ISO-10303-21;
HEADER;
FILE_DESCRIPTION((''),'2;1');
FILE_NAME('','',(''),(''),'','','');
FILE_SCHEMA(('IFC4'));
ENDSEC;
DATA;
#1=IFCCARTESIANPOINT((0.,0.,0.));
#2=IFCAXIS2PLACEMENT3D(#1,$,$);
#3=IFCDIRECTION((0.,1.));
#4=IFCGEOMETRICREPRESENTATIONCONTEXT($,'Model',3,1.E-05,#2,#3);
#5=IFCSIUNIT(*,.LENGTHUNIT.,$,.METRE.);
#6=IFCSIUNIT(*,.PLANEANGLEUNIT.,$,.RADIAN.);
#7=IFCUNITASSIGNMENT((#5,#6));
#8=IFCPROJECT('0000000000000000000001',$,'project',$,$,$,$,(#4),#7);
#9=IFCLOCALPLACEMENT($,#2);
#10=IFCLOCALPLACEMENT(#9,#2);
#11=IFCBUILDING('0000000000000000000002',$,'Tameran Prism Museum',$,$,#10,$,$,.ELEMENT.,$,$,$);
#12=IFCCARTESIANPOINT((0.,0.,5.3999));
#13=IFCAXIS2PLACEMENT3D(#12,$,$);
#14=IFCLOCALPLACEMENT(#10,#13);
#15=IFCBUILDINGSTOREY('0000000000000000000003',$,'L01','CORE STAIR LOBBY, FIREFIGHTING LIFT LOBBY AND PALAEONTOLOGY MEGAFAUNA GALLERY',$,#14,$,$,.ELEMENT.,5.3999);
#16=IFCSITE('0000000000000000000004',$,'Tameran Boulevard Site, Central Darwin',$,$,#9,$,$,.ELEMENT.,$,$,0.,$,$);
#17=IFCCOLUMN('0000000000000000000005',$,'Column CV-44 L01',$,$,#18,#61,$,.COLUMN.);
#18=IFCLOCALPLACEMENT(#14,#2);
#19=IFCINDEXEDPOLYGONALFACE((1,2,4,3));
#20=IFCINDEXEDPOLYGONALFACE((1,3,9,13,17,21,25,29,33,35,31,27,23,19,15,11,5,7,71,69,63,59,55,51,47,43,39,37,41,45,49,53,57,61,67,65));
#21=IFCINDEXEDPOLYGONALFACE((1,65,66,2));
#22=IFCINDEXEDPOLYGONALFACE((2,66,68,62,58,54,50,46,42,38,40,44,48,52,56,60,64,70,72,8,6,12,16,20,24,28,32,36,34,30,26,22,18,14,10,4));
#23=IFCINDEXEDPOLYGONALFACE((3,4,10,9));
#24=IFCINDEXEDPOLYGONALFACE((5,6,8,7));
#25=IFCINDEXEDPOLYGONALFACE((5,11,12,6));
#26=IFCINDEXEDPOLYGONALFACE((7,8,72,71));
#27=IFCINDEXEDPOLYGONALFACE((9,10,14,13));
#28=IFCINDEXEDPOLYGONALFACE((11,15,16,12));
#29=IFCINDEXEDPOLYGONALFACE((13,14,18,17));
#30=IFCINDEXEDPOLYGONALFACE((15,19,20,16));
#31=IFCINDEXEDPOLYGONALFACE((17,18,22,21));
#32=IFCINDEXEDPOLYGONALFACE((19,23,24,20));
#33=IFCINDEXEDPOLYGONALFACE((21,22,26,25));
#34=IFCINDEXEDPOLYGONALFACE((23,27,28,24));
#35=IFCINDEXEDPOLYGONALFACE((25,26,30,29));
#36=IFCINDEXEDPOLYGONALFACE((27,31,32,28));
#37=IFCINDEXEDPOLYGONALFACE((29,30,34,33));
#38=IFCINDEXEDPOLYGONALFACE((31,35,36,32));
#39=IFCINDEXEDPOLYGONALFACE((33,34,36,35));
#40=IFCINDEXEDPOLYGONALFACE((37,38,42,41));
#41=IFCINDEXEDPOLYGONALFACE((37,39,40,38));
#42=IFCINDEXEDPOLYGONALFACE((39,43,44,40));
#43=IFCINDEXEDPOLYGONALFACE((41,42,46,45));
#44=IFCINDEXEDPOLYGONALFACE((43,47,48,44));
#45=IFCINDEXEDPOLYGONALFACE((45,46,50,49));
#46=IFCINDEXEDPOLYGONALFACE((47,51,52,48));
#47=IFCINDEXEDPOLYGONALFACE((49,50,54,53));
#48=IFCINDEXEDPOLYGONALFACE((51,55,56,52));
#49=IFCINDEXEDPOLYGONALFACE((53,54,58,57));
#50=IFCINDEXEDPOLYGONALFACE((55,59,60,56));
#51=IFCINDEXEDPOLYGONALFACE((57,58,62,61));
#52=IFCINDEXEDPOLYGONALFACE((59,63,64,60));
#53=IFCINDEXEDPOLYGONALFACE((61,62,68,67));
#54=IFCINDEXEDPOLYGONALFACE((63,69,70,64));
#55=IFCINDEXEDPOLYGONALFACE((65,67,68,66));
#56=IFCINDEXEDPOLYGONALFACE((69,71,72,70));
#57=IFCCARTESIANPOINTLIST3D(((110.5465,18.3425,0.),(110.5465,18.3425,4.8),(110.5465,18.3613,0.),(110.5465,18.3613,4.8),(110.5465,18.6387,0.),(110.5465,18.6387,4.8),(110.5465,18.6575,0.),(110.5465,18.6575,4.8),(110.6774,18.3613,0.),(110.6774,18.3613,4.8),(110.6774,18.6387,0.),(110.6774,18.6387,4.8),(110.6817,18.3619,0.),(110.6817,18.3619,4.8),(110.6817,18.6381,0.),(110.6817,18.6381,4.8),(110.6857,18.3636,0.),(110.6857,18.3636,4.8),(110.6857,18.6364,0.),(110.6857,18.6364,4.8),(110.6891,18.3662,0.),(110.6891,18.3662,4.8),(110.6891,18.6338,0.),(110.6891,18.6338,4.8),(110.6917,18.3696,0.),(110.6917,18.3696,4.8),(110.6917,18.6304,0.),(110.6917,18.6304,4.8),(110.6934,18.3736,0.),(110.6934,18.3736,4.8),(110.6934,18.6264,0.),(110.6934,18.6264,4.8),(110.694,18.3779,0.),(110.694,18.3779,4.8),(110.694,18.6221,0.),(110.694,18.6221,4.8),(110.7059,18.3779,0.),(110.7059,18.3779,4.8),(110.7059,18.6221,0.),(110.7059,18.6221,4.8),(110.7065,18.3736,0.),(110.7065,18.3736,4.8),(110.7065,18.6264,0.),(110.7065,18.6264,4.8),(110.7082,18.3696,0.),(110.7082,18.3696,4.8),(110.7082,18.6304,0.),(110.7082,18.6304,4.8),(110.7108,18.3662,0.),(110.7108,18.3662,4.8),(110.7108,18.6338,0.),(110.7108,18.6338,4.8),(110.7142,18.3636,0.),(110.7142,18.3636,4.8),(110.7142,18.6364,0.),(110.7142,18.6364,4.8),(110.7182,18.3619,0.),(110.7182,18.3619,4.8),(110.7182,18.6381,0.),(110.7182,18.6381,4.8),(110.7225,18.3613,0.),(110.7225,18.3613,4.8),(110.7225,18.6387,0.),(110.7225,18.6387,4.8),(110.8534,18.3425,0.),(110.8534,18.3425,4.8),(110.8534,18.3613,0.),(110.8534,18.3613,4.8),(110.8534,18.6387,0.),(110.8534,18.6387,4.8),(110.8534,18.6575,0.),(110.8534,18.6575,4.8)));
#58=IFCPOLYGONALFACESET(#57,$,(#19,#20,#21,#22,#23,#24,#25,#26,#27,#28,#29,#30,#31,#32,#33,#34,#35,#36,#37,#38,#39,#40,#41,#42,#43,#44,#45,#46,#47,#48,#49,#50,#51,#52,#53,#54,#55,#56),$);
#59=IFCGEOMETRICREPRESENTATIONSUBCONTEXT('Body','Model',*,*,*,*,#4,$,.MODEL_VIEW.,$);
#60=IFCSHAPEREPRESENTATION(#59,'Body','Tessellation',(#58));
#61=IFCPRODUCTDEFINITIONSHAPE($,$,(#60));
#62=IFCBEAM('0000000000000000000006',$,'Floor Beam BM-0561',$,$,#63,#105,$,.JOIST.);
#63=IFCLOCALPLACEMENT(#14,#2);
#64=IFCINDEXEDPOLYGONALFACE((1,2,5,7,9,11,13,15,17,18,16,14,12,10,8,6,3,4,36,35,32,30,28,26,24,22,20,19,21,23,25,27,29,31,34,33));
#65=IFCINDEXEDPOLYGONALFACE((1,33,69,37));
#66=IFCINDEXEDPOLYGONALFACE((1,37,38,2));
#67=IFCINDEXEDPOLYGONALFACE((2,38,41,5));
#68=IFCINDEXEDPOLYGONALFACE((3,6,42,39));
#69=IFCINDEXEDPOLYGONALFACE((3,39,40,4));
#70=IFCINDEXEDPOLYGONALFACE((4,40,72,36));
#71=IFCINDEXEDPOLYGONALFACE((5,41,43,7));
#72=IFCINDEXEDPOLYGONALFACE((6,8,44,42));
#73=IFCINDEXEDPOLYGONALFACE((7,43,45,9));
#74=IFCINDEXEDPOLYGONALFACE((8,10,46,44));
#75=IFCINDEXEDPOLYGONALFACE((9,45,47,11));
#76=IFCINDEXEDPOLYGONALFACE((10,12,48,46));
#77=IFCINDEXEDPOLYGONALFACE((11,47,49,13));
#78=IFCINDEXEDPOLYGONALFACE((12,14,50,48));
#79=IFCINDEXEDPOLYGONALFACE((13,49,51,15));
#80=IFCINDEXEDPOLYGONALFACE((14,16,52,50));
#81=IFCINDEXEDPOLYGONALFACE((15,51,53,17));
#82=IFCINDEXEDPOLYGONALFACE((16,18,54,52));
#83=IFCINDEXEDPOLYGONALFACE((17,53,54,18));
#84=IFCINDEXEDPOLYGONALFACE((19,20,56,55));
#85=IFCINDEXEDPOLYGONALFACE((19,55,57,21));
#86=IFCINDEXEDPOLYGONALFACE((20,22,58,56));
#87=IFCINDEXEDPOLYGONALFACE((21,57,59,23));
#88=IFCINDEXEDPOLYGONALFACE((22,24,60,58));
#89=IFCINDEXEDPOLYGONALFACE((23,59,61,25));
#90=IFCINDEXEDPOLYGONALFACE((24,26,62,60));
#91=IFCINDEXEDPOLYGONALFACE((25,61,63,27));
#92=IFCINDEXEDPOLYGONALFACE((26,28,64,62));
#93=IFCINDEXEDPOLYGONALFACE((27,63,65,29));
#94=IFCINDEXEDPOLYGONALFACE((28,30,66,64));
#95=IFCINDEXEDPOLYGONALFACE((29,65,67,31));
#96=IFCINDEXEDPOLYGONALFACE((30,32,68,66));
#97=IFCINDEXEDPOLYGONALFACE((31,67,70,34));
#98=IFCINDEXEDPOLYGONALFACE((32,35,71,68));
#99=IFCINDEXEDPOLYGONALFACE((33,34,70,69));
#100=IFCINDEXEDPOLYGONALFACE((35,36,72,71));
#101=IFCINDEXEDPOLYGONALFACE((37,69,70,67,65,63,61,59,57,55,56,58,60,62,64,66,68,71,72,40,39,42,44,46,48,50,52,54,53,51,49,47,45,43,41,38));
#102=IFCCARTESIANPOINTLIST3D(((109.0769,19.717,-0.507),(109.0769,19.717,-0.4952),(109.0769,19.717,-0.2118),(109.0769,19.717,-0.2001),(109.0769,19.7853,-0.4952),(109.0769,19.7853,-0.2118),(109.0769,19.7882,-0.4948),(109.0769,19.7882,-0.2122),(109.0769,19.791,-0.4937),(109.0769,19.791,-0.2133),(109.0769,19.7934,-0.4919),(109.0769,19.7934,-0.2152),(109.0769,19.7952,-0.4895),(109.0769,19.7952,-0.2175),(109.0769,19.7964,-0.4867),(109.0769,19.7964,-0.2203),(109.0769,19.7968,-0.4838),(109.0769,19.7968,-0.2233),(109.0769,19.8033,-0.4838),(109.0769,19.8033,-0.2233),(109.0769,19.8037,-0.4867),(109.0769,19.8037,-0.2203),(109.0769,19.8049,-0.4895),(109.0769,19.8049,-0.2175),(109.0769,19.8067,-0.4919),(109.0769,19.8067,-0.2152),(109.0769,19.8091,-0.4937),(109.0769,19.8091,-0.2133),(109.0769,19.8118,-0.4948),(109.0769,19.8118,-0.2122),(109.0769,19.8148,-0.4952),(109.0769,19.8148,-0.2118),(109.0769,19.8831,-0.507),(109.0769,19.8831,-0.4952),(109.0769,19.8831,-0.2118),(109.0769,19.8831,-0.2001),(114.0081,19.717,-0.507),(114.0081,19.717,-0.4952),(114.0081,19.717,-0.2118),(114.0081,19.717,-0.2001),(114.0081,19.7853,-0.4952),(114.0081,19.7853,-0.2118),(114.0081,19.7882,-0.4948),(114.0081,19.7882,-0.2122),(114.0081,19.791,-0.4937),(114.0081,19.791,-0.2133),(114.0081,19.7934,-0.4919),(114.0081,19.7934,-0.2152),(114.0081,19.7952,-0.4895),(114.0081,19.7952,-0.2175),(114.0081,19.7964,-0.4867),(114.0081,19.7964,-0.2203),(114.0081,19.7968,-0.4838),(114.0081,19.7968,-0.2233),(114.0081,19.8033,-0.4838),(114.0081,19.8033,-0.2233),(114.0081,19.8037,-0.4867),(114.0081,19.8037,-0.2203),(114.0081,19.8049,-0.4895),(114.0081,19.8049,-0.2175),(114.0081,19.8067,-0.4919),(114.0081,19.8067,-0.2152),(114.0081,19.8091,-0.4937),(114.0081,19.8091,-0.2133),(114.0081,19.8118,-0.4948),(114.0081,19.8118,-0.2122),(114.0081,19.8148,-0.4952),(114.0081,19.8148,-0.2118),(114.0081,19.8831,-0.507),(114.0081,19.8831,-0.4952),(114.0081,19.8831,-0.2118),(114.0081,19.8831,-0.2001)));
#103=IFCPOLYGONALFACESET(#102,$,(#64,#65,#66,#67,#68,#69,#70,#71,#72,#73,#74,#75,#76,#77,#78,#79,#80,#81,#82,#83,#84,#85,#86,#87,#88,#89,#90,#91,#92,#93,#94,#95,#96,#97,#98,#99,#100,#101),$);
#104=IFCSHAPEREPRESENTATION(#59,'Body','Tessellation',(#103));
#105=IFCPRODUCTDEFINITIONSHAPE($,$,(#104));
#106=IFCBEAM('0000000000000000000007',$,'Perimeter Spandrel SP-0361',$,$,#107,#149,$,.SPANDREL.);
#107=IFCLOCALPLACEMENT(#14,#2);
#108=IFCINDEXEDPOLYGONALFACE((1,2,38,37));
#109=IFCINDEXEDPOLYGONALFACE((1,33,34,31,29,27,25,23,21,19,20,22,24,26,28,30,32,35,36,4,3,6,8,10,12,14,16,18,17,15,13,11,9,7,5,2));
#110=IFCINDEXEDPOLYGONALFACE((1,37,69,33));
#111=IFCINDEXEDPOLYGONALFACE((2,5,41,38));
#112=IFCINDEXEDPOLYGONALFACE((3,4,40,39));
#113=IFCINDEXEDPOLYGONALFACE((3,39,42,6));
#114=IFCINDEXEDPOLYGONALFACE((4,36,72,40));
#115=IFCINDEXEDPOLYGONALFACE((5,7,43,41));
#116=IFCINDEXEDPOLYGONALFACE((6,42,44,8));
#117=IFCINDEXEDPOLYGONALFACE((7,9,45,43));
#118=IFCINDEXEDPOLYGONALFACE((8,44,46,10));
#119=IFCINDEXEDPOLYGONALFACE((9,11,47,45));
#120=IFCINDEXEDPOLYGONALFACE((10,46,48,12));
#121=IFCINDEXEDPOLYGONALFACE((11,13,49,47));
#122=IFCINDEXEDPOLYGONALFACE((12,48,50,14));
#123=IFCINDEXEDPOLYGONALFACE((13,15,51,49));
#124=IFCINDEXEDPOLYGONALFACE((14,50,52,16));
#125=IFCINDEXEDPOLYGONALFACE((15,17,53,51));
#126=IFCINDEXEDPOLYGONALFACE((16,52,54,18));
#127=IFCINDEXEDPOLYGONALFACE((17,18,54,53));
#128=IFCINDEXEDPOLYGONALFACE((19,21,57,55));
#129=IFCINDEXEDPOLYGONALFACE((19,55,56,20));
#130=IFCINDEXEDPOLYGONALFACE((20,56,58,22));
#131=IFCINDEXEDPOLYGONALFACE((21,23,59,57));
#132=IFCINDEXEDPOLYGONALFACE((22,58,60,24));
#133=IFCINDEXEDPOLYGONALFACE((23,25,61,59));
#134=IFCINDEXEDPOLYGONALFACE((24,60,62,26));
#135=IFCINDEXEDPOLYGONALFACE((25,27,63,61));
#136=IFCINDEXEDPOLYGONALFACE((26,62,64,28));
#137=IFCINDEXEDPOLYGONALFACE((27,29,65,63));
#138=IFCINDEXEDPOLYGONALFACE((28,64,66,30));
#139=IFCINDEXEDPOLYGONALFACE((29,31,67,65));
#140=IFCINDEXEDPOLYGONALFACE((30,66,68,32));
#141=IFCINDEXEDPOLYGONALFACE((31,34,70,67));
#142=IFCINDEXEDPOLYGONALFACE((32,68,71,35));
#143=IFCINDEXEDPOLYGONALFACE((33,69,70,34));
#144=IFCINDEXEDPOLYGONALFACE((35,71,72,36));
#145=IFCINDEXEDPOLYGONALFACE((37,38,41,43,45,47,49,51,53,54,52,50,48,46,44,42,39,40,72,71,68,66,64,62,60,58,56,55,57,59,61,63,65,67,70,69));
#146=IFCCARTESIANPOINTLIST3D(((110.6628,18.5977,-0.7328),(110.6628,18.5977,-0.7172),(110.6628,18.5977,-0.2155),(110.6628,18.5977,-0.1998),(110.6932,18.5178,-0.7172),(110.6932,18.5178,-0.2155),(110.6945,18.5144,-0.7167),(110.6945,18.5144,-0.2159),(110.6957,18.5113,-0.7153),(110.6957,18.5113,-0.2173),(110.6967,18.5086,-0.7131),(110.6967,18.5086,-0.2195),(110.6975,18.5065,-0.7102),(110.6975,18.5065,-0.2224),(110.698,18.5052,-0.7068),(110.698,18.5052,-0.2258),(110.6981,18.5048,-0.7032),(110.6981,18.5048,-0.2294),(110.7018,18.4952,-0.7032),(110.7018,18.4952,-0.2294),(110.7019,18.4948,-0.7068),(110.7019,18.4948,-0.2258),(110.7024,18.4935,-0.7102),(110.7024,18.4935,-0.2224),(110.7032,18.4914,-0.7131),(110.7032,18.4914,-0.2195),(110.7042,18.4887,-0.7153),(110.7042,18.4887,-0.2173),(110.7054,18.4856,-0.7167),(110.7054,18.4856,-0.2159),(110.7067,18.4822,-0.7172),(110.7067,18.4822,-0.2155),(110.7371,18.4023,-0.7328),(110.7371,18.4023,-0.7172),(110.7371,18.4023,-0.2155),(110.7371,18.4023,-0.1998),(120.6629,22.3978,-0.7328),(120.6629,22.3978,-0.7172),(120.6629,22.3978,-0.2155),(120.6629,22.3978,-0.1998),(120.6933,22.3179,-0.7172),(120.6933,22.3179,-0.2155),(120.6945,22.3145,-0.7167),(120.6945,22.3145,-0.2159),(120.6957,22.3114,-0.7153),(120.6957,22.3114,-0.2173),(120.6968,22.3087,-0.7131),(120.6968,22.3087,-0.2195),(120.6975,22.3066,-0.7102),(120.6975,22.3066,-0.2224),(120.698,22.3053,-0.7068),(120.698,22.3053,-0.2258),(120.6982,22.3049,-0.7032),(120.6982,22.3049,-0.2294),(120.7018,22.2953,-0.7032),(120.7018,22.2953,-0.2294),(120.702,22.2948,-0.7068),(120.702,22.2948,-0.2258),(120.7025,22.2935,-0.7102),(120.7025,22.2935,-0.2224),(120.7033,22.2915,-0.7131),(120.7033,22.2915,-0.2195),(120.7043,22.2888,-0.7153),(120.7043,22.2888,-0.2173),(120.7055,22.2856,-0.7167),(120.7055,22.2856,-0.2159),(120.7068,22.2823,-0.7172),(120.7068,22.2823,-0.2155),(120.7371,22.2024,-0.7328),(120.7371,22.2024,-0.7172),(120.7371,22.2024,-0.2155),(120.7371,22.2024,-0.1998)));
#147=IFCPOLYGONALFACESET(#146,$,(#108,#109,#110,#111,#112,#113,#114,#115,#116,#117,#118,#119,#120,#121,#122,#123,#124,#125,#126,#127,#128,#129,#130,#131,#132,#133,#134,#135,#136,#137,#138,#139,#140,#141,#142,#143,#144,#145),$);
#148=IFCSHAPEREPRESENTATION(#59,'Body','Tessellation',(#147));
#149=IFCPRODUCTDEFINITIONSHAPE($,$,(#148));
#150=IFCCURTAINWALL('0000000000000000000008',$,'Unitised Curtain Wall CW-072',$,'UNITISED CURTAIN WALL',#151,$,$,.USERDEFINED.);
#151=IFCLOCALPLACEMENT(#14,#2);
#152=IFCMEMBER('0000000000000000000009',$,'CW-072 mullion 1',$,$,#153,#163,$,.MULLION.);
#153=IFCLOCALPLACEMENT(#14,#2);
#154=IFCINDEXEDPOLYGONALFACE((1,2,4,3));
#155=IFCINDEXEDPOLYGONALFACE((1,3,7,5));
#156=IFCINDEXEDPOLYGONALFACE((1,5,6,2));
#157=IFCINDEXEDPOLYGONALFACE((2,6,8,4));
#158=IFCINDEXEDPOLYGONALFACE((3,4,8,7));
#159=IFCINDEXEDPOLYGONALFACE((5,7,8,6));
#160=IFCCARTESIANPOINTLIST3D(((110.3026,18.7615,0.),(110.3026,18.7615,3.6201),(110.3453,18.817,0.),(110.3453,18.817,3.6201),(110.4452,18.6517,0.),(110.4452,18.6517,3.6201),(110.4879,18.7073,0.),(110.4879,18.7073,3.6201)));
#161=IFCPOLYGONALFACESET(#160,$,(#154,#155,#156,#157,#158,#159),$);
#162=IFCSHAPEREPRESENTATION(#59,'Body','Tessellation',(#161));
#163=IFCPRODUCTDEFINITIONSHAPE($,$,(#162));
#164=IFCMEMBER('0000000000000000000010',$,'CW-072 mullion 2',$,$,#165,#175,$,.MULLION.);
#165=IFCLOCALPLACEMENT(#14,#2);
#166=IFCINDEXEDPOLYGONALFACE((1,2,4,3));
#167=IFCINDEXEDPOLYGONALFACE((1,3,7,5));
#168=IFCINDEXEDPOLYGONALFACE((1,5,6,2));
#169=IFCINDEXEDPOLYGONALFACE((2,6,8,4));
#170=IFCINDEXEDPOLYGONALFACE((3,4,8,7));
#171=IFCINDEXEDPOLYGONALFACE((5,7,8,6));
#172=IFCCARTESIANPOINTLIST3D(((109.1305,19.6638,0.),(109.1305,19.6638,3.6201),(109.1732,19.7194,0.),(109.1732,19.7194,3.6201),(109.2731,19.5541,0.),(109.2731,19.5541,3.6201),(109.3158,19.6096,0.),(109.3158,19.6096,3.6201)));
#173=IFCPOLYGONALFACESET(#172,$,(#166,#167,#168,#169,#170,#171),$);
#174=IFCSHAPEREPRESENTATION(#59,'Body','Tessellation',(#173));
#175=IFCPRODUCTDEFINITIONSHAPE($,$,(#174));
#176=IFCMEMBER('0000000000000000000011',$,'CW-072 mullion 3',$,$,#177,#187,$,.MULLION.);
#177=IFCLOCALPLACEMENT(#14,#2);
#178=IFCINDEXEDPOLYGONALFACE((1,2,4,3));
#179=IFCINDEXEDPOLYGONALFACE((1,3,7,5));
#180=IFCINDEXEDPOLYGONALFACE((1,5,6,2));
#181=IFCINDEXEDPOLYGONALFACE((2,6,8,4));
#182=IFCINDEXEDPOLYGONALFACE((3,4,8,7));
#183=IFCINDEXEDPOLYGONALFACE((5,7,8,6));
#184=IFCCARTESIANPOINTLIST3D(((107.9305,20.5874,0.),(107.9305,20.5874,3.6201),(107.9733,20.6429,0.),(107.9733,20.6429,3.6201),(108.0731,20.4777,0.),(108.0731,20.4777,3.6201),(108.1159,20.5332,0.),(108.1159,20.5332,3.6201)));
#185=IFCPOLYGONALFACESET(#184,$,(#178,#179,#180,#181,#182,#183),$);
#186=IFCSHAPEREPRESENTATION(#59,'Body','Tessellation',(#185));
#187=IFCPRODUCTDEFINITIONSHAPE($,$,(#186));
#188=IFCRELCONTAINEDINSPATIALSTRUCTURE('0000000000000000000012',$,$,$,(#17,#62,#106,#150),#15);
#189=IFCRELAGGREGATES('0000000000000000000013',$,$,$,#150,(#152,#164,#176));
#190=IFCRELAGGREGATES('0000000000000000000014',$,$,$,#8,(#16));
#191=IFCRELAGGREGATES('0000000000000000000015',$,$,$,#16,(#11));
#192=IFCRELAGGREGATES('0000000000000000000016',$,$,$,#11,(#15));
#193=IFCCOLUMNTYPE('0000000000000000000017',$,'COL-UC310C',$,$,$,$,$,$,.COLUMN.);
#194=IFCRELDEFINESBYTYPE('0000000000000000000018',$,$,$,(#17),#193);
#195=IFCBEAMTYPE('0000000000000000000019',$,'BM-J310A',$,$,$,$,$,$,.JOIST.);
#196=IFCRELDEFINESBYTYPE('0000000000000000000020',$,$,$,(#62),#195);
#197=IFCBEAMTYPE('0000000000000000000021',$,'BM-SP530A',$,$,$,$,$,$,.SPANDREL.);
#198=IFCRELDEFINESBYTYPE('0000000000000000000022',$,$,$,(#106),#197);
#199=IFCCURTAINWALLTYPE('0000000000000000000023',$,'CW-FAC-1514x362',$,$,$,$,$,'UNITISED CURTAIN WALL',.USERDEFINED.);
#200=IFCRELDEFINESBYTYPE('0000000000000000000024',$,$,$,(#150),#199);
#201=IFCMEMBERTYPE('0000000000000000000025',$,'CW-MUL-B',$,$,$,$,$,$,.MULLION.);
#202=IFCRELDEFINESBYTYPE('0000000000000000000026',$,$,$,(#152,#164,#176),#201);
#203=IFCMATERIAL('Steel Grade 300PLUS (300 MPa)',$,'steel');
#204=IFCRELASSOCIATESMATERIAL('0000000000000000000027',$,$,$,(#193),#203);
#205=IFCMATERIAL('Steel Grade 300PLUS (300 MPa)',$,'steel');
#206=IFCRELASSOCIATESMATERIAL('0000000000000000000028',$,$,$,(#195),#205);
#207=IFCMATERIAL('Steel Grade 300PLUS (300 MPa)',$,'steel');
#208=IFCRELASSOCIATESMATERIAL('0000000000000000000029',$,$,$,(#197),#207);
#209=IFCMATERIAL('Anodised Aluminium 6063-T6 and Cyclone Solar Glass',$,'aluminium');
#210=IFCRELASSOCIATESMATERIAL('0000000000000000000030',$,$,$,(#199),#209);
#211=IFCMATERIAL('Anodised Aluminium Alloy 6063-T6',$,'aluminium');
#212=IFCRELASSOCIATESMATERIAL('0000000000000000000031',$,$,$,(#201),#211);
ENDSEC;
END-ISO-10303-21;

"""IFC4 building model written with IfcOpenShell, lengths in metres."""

from ifc_helpers import new_model, si_unit, direction, frame, origin, origin_2d, place, context, subcontext, project, spatial, rectangle, i_section, extrude, material, material_profile, profile_set, type_object, element, aggregate, save


model = new_model("IFC4")

# Units and contexts
model_context = context("Model", 3, precision=1e-05, world=origin(), true_north=direction((0.0, 1.0)))
body_context = subcontext(model_context, "Body", "Model", "MODEL_VIEW")
ifc_project = project(units=[si_unit("LENGTHUNIT", "METRE"), si_unit("PLANEANGLEUNIT", "RADIAN")], contexts=[model_context])

# Site, building, storey
site_placement = place(None, origin())
site = spatial("IfcSite", under=ifc_project, at=site_placement, Name="Tameran Boulevard Site, Central Darwin", CompositionType="ELEMENT", RefElevation=0.0)
building_placement = place(site_placement, origin())
building = spatial("IfcBuilding", under=site, at=building_placement, Name="Tameran Prism Museum", CompositionType="ELEMENT")
storey_placement = place(building_placement, frame((0.0, 0.0, 5.3999)))
storey = spatial("IfcBuildingStorey", under=building, at=storey_placement, Name="L01", Description="CORE STAIR LOBBY, FIREFIGHTING LIFT LOBBY AND PALAEONTOLOGY MEGAFAUNA GALLERY", CompositionType="ELEMENT", Elevation=5.3999)

# Column
ifc_material_1 = material(Name="Steel Grade 300PLUS (300 MPa)", Category="steel")
ifc_material_profile_1 = material_profile(ifc_material_1, i_section(OverallWidth=0.3069, OverallDepth=0.3149, WebThickness=0.012, FlangeThickness=0.0188, FilletRadius=0.0166, at=origin_2d()))
ifc_profile_set_1 = profile_set([ifc_material_profile_1])
column_type = type_object("IfcColumnType", Name="COL-UC310C", PredefinedType="COLUMN", material=ifc_profile_set_1)
column_placement = place(storey_placement, frame((110.7, 18.5, 0.0), z_axis=(0.0, 0.0, 1.0), x_axis=(1.0, 0.0, 0.0)))
element("IfcColumn", 1, at=column_placement, inside=storey, type_object=column_type, Name="Column CV-44 L01", PredefinedType="COLUMN", context=body_context, shape_type="SweptSolid", body=[
    extrude(i_section(OverallWidth=0.3069, OverallDepth=0.3149, WebThickness=0.012, FlangeThickness=0.0188, FilletRadius=0.0166, at=origin_2d()), origin(), (0.0, 0.0, 1.0), 4.8),
])

# Beams
ifc_material_2 = material(Name="Steel Grade 300PLUS (300 MPa)", Category="steel")
ifc_material_profile_2 = material_profile(ifc_material_2, i_section(OverallWidth=0.166, OverallDepth=0.3069, WebThickness=0.0066, FlangeThickness=0.0117, FilletRadius=0.0115, at=origin_2d()))
ifc_profile_set_2 = profile_set([ifc_material_profile_2])
beam_type_1 = type_object("IfcBeamType", Name="BM-J310A", PredefinedType="JOIST", material=ifc_profile_set_2)
beam_1_placement = place(storey_placement, frame((109.0769, 19.8, -0.3535), z_axis=(1.0, 0.0, 0.0), x_axis=(0.0, 1.0, 0.0)))
element("IfcBeam", 2, at=beam_1_placement, inside=storey, type_object=beam_type_1, Name="Floor Beam BM-0561", PredefinedType="JOIST", context=body_context, shape_type="SweptSolid", body=[
    extrude(i_section(OverallWidth=0.166, OverallDepth=0.3069, WebThickness=0.0066, FlangeThickness=0.0117, FilletRadius=0.0115, at=origin_2d()), origin(), (0.0, 0.0, 1.0), 4.9312),
])
ifc_material_3 = material(Name="Steel Grade 300PLUS (300 MPa)", Category="steel")
ifc_material_profile_3 = material_profile(ifc_material_3, i_section(OverallWidth=0.209, OverallDepth=0.533, WebThickness=0.0103, FlangeThickness=0.0156, FilletRadius=0.0139, at=origin_2d()))
ifc_profile_set_3 = profile_set([ifc_material_profile_3])
beam_type_2 = type_object("IfcBeamType", Name="BM-SP530A", PredefinedType="SPANDREL", material=ifc_profile_set_3)
beam_2_placement = place(storey_placement, frame((110.7, 18.5, -0.4663), z_axis=(0.934782, 0.355222, 0.0), x_axis=(-0.355222, 0.934782, 0.0)))
element("IfcBeam", 3, at=beam_2_placement, inside=storey, type_object=beam_type_2, Name="Perimeter Spandrel SP-0361", PredefinedType="SPANDREL", context=body_context, shape_type="SweptSolid", body=[
    extrude(i_section(OverallWidth=0.209, OverallDepth=0.533, WebThickness=0.0103, FlangeThickness=0.0156, FilletRadius=0.0139, at=origin_2d()), origin(), (0.0, 0.0, 1.0), 10.6978),
])

# Curtain wall, members
ifc_material_4 = material(Name="Anodised Aluminium 6063-T6 and Cyclone Solar Glass", Category="aluminium")
curtain_wall_type = type_object("IfcCurtainWallType", Name="CW-FAC-1514x362", ElementType="UNITISED CURTAIN WALL", PredefinedType="USERDEFINED", material=ifc_material_4)
curtain_wall_placement = place(storey_placement, origin())
curtain_wall = element("IfcCurtainWall", 4, at=curtain_wall_placement, inside=storey, type_object=curtain_wall_type, Name="Unitised Curtain Wall CW-072", ObjectType="UNITISED CURTAIN WALL", PredefinedType="USERDEFINED")
ifc_material_5 = material(Name="Anodised Aluminium Alloy 6063-T6", Category="aluminium")
ifc_material_profile_4 = material_profile(ifc_material_5, rectangle(XDim=0.0701, YDim=0.1799, at=origin_2d()))
ifc_profile_set_4 = profile_set([ifc_material_profile_4])
member_type_1 = type_object("IfcMemberType", Name="CW-MUL-B", PredefinedType="MULLION", material=ifc_profile_set_4)
member_1_placement = place(storey_placement, frame((110.3953, 18.7344, 0.0), z_axis=(0.0, 0.0, 1.0), x_axis=(-0.610001, -0.792401, 0.0)))
member_1 = element("IfcMember", 5, at=member_1_placement, type_object=member_type_1, Name="CW-072 mullion 1", PredefinedType="MULLION", context=body_context, shape_type="SweptSolid", body=[
    extrude(rectangle(XDim=0.0701, YDim=0.1799, at=origin_2d()), origin(), (0.0, 0.0, 1.0), 3.6201),
])
member_2_placement = place(storey_placement, frame((109.2231, 19.6367, 0.0), z_axis=(0.0, 0.0, 1.0), x_axis=(-0.610001, -0.792401, 0.0)))
member_2 = element("IfcMember", 6, at=member_2_placement, type_object=member_type_1, Name="CW-072 mullion 2", PredefinedType="MULLION", context=body_context, shape_type="SweptSolid", body=[
    extrude(rectangle(XDim=0.0701, YDim=0.1799, at=origin_2d()), origin(), (0.0, 0.0, 1.0), 3.6201),
])
member_3_placement = place(storey_placement, frame((108.0232, 20.5603, 0.0), z_axis=(0.0, 0.0, 1.0), x_axis=(-0.610001, -0.792401, 0.0)))
member_3 = element("IfcMember", 7, at=member_3_placement, type_object=member_type_1, Name="CW-072 mullion 3", PredefinedType="MULLION", context=body_context, shape_type="SweptSolid", body=[
    extrude(rectangle(XDim=0.0701, YDim=0.1799, at=origin_2d()), origin(), (0.0, 0.0, 1.0), 3.6201),
])
aggregate(curtain_wall, [member_1, member_2, member_3])

save(model, "model.ifc")
